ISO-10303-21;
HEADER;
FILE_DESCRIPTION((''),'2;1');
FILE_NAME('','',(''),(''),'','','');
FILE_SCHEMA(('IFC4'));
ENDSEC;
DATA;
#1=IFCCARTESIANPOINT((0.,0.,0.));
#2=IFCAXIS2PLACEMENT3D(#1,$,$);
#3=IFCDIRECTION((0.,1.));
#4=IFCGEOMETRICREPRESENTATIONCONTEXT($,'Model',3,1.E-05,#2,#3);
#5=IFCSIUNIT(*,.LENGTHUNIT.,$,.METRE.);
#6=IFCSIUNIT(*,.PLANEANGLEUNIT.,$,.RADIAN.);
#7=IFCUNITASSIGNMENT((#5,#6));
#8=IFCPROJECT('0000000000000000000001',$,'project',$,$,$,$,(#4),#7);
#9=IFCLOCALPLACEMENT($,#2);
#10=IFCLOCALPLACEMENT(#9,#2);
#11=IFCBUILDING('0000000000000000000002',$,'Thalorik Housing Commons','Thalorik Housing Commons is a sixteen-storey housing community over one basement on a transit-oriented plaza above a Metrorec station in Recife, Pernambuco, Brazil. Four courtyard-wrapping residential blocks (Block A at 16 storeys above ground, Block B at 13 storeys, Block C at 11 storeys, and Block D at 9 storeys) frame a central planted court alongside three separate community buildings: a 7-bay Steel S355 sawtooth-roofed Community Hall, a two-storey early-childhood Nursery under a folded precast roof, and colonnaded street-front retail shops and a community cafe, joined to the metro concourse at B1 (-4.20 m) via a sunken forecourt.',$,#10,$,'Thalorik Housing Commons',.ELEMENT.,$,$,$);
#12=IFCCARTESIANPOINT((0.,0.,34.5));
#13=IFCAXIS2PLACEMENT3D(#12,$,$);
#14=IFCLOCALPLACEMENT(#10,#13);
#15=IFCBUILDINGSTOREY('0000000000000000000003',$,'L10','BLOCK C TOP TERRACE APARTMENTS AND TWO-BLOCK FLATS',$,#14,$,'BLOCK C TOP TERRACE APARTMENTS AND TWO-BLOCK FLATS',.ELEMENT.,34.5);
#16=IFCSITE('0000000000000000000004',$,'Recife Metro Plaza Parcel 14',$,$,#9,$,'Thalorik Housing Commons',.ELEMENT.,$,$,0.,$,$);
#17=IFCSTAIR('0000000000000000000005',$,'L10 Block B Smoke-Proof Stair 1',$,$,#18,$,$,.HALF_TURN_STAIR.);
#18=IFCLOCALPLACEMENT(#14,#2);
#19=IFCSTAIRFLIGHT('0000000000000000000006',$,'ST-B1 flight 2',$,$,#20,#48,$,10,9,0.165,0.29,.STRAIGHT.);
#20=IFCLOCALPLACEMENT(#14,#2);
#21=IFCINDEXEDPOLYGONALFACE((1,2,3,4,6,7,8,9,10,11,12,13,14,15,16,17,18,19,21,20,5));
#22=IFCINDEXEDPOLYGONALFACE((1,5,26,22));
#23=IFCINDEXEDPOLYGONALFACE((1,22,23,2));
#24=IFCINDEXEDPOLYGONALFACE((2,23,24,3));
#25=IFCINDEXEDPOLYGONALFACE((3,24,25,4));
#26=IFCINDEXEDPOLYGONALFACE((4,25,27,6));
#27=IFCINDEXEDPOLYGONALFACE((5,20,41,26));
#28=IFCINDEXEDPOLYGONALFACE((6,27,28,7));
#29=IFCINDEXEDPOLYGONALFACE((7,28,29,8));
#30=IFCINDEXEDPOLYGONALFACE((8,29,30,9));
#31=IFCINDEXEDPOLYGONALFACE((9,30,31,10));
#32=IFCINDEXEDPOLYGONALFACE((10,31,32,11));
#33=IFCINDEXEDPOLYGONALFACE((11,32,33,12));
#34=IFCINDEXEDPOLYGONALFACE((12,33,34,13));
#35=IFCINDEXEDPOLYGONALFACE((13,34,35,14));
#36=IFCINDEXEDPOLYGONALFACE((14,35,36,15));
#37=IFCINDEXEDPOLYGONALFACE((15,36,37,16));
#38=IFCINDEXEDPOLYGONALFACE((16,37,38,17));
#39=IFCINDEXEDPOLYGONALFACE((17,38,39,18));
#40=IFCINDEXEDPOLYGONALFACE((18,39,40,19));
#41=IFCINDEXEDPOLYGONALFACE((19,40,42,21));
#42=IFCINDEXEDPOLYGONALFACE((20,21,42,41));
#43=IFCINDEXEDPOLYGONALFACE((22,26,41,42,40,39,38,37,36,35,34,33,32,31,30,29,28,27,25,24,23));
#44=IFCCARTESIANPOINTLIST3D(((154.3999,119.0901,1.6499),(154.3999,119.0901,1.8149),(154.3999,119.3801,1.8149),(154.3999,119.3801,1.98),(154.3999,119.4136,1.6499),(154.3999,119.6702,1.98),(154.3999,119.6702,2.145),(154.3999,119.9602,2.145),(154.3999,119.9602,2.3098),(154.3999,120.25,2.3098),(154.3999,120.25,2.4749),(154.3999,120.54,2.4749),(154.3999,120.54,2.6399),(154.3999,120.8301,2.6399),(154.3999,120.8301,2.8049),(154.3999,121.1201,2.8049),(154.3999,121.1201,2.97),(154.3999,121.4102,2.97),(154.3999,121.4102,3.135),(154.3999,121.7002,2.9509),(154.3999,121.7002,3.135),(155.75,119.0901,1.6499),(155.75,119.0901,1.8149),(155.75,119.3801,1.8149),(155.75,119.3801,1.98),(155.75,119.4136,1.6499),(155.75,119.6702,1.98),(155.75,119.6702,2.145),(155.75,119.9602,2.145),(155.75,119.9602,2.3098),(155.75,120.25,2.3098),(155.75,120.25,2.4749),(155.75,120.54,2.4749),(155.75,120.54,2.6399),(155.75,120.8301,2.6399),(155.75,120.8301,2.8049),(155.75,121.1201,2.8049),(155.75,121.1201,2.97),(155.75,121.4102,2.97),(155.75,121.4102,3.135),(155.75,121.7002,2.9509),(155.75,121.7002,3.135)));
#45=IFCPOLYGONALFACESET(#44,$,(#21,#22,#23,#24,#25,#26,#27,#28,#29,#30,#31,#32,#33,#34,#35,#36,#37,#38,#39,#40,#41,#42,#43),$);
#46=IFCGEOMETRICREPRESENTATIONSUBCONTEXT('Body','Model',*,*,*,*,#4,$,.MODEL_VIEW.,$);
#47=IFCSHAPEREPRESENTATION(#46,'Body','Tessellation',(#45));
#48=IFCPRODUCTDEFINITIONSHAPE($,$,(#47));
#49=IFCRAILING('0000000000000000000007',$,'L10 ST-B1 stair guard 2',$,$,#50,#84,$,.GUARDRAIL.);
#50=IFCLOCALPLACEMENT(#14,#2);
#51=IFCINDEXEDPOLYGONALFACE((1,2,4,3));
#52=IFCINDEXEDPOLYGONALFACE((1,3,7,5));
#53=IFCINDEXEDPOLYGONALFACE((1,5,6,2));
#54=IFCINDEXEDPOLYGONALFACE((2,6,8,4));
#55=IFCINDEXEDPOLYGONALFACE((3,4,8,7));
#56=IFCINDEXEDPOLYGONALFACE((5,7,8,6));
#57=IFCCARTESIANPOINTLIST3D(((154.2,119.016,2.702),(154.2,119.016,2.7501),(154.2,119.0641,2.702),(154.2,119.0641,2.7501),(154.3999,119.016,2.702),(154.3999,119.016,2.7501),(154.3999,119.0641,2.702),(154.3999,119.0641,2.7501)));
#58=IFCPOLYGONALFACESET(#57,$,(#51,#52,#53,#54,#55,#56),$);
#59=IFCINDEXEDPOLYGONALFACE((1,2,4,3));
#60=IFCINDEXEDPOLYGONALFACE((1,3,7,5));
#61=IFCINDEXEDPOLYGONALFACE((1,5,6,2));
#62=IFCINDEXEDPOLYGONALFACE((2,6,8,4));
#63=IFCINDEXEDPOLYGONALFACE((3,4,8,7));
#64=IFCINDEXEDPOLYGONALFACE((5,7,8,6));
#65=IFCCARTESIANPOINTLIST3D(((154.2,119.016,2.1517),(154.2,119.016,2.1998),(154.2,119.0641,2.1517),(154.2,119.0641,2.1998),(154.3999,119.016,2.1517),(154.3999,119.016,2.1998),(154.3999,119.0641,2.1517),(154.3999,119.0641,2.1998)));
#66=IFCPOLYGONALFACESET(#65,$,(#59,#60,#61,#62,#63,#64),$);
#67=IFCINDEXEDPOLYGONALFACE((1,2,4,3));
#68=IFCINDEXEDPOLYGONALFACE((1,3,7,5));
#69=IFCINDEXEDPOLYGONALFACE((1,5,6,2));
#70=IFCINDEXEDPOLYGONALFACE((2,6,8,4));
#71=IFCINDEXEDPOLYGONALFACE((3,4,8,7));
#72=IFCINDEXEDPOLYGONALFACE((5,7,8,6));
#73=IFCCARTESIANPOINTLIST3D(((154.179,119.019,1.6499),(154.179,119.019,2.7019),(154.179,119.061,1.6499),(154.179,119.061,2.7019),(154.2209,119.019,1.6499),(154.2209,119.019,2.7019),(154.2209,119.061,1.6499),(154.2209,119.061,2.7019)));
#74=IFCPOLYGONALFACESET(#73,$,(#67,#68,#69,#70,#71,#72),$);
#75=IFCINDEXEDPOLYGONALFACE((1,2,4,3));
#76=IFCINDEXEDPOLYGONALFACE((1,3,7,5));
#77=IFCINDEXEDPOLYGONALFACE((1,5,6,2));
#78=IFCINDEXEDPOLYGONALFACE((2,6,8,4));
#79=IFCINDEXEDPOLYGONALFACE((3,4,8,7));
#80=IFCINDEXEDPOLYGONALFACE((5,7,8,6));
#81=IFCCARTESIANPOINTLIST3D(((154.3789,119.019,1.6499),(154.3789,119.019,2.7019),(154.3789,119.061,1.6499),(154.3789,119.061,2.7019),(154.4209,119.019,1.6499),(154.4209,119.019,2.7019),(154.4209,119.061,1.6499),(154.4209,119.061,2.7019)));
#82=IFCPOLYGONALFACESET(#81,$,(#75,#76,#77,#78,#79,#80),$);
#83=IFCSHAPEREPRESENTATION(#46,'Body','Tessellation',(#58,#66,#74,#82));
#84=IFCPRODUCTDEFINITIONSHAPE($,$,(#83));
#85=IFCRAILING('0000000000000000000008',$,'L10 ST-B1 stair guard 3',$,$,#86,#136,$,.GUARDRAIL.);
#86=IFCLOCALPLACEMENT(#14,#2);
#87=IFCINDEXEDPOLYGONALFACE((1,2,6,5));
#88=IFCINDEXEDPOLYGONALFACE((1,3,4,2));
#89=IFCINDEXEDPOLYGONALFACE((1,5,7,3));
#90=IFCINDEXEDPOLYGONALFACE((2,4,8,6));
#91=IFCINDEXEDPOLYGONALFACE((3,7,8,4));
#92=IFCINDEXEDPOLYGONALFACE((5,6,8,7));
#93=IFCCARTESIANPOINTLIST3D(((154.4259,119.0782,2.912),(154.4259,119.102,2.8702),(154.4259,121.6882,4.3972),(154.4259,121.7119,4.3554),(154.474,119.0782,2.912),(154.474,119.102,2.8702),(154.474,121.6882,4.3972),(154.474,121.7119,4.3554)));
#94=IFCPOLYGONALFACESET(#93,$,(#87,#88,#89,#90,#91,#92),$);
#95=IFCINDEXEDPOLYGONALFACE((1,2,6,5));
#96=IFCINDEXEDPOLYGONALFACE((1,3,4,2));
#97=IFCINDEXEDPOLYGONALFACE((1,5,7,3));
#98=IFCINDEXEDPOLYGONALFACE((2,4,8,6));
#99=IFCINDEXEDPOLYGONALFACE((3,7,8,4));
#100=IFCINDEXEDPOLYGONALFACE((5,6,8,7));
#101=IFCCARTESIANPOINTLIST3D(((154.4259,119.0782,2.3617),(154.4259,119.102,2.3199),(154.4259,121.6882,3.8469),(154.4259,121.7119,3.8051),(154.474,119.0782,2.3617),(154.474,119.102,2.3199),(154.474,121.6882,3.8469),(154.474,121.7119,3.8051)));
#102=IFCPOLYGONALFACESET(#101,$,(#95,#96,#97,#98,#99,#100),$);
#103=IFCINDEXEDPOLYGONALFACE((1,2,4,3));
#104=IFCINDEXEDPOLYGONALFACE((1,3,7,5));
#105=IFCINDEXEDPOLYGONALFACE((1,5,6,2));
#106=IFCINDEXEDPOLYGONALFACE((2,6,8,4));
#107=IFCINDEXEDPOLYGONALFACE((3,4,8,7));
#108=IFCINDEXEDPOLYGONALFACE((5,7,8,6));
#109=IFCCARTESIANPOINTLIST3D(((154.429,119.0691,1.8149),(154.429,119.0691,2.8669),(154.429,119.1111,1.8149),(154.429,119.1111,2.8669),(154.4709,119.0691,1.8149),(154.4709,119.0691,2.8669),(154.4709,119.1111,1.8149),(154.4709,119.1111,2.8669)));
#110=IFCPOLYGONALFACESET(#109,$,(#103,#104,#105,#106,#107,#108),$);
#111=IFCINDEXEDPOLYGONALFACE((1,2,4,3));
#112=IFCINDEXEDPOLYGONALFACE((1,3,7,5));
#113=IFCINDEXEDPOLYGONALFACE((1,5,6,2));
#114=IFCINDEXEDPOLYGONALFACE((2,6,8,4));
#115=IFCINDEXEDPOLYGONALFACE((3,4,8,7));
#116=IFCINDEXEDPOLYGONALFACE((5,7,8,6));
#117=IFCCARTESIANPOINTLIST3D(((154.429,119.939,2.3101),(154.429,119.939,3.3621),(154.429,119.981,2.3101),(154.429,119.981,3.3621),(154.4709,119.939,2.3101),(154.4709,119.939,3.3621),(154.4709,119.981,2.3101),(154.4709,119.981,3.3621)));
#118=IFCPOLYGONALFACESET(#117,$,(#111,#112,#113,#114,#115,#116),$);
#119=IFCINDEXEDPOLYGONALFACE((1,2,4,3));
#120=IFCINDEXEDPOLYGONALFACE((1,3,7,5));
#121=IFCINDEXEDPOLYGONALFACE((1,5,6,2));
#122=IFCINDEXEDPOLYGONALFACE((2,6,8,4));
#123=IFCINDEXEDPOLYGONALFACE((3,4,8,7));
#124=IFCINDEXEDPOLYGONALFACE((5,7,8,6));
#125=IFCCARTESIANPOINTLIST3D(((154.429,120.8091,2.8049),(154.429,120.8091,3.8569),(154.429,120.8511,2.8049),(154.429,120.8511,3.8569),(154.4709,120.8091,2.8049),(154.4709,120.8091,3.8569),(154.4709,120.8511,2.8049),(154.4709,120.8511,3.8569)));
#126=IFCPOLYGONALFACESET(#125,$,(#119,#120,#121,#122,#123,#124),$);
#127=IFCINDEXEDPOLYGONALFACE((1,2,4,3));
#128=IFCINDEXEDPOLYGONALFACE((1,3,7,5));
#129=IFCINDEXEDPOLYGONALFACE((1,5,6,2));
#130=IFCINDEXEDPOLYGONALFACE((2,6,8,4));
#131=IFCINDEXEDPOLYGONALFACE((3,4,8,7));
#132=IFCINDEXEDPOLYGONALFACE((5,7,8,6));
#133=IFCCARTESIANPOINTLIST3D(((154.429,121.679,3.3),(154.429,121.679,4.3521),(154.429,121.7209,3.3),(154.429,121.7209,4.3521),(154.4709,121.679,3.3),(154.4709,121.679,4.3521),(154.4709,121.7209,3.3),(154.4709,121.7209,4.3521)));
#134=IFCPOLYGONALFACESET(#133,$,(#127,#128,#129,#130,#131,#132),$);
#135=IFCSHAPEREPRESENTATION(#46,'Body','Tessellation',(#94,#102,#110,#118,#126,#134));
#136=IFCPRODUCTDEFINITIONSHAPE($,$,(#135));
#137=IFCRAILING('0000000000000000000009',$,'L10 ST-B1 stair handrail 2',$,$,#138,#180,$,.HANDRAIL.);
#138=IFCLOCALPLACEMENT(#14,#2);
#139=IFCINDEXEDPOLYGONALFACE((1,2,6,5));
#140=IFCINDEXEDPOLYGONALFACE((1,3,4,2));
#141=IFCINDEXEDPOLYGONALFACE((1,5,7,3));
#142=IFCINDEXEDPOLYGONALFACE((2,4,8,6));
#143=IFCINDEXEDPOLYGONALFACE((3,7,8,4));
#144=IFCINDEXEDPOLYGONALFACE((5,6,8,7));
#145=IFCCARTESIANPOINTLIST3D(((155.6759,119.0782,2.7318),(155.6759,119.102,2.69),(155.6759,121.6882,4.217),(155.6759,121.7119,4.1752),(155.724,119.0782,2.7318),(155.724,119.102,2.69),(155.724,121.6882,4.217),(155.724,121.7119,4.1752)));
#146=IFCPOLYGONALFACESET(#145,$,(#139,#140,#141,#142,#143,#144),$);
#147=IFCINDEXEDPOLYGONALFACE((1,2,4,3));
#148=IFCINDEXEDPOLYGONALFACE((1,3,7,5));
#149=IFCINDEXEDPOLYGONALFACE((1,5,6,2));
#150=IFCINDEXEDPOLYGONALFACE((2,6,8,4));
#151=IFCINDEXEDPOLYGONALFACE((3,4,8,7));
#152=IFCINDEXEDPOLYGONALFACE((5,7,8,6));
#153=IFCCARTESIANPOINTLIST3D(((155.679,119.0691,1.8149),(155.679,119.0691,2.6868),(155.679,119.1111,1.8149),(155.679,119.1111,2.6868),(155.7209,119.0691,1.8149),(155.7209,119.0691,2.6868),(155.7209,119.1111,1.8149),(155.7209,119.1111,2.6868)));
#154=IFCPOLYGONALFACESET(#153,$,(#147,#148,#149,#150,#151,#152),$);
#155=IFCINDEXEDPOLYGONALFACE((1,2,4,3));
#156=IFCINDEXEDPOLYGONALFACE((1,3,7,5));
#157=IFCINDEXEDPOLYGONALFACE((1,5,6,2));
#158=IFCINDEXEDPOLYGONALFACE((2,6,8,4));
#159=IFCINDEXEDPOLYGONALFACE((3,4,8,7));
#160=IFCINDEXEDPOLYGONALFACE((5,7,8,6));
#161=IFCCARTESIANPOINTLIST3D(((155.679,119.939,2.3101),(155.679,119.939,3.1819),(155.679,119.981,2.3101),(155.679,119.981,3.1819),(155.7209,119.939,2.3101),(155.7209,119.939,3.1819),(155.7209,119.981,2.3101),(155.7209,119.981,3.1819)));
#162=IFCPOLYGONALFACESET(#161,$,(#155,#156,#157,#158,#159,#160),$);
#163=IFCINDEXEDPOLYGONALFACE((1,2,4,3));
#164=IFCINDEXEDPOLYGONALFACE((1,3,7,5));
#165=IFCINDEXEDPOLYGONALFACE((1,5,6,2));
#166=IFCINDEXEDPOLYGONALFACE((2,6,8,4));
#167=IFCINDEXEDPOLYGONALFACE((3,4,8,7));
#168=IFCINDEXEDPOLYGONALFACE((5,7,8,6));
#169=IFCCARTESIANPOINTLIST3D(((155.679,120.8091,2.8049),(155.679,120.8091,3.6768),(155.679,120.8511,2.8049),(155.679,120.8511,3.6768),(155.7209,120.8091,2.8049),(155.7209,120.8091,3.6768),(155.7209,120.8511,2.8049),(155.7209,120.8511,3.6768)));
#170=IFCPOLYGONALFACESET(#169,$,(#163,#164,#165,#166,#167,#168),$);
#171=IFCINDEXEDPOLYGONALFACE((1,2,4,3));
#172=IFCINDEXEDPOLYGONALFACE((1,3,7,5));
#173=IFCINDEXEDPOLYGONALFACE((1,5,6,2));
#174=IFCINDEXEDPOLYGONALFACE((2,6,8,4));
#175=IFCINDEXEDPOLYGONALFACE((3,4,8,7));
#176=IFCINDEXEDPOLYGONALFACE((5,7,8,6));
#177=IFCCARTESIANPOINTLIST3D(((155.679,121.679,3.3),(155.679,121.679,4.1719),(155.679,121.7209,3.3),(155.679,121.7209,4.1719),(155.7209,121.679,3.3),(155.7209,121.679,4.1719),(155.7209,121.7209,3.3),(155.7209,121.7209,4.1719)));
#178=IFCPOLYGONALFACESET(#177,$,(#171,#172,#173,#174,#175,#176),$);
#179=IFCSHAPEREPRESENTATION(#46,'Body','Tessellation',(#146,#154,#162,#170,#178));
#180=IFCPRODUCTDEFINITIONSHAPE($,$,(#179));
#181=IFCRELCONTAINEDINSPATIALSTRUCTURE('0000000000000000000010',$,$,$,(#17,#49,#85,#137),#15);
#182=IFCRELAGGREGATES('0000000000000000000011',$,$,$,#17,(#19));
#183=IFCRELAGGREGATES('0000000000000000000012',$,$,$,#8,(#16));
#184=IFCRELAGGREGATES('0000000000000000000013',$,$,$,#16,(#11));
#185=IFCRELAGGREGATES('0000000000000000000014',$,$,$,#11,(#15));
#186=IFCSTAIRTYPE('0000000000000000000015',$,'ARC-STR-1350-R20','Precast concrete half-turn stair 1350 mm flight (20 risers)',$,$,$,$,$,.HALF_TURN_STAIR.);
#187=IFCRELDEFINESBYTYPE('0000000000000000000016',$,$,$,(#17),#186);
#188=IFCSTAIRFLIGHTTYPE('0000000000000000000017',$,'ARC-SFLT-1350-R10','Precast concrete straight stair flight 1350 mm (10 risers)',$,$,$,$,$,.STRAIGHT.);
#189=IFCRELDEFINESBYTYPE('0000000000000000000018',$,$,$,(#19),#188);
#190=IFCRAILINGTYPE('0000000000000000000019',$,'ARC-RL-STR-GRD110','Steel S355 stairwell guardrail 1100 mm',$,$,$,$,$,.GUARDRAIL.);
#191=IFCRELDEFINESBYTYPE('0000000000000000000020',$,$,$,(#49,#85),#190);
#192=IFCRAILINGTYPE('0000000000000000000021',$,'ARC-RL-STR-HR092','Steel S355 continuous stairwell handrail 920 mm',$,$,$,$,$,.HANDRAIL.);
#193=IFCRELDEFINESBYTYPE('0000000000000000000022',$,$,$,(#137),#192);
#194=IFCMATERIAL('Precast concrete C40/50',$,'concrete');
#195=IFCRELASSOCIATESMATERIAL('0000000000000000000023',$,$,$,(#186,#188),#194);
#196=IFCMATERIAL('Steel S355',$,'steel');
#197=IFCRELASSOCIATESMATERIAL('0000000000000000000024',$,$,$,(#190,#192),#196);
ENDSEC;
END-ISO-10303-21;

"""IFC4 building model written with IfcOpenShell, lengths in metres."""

from ifc_helpers import new_model, si_unit, direction, frame, origin, origin_2d, place, context, subcontext, project, spatial, polyline, rectangle, outline, extrude, material, type_object, element, aggregate, save


model = new_model("IFC4")

# Units and contexts
model_context = context("Model", 3, precision=1e-05, world=origin(), true_north=direction((0.0, 1.0)))
body_context = subcontext(model_context, "Body", "Model", "MODEL_VIEW")
ifc_project = project(units=[si_unit("LENGTHUNIT", "METRE"), si_unit("PLANEANGLEUNIT", "RADIAN")], contexts=[model_context])

# Site, building, storey
site_placement = place(None, origin())
site = spatial("IfcSite", under=ifc_project, at=site_placement, Name="Recife Metro Plaza Parcel 14", LongName="Thalorik Housing Commons", CompositionType="ELEMENT", RefElevation=0.0)
building_placement = place(site_placement, origin())
building = spatial("IfcBuilding", under=site, at=building_placement, Name="Thalorik Housing Commons", Description="Thalorik Housing Commons is a sixteen-storey housing community over one basement on a transit-oriented plaza above a Metrorec station in Recife, Pernambuco, Brazil. Four courtyard-wrapping residential blocks (Block A at 16 storeys above ground, Block B at 13 storeys, Block C at 11 storeys, and Block D at 9 storeys) frame a central planted court alongside three separate community buildings: a 7-bay Steel S355 sawtooth-roofed Community Hall, a two-storey early-childhood Nursery under a folded precast roof, and colonnaded street-front retail shops and a community cafe, joined to the metro concourse at B1 (-4.20 m) via a sunken forecourt.", LongName="Thalorik Housing Commons", CompositionType="ELEMENT")
storey_placement = place(building_placement, frame((0.0, 0.0, 34.5)))
storey = spatial("IfcBuildingStorey", under=building, at=storey_placement, Name="L10", Description="BLOCK C TOP TERRACE APARTMENTS AND TWO-BLOCK FLATS", LongName="BLOCK C TOP TERRACE APARTMENTS AND TWO-BLOCK FLATS", CompositionType="ELEMENT", Elevation=34.5)

# Shared definitions
ifc_material_1 = material(Name="Precast concrete C40/50", Category="concrete")

# Shared definitions
ifc_material_2 = material(Name="Steel S355", Category="steel")

# Stair, stair flight
stair_type = type_object("IfcStairType", Name="ARC-STR-1350-R20", Description="Precast concrete half-turn stair 1350 mm flight (20 risers)", PredefinedType="HALF_TURN_STAIR", material=ifc_material_1)
stair_placement = place(storey_placement, origin())
stair = element("IfcStair", 1, at=stair_placement, inside=storey, type_object=stair_type, Name="L10 Block B Smoke-Proof Stair 1", PredefinedType="HALF_TURN_STAIR")
stair_flight_type = type_object("IfcStairFlightType", Name="ARC-SFLT-1350-R10", Description="Precast concrete straight stair flight 1350 mm (10 risers)", PredefinedType="STRAIGHT", material=ifc_material_1)
stair_flight_placement = place(storey_placement, frame((155.075, 119.0901, 1.6499), z_axis=(0.0, 0.0, 1.0), x_axis=(0.0, 1.0, 0.0)))
stair_flight = element("IfcStairFlight", 2, at=stair_flight_placement, type_object=stair_flight_type, Name="ST-B1 flight 2", NumberOfRisers=10, NumberOfTreads=9, PredefinedType="STRAIGHT", RiserHeight=0.165, TreadLength=0.29, context=body_context, shape_type="SweptSolid", body=[
    extrude(outline(polyline([(0.0, 0.0), (0.0, 0.165), (0.29, 0.165), (0.29, 0.3301), (0.5801, 0.3301), (0.5801, 0.4951), (0.8701, 0.4951), (0.8701, 0.6599), (1.1599, 0.6599), (1.1599, 0.825), (1.45, 0.825), (1.45, 0.99), (1.74, 0.99), (1.74, 1.155), (2.03, 1.155), (2.03, 1.3201), (2.3201, 1.3201), (2.3201, 1.4851), (2.6101, 1.4851), (2.6101, 1.6499), (2.6101, 1.301), (0.3235, 0.0), (0.0, 0.0)])), frame((0.0, 0.675, 0.0), z_axis=(0.0, -1.0, 0.0), x_axis=(1.0, 0.0, 0.0)), (0.0, 0.0, 1.0), 1.3501),
])
aggregate(stair, [stair_flight])

# Railings
railing_type_1 = type_object("IfcRailingType", Name="ARC-RL-STR-GRD110", Description="Steel S355 stairwell guardrail 1100 mm", PredefinedType="GUARDRAIL", material=ifc_material_2)
railing_1_placement = place(storey_placement, frame((154.2, 119.04, 1.6499)))
element("IfcRailing", 3, at=railing_1_placement, inside=storey, type_object=railing_type_1, Name="L10 ST-B1 stair guard 2", PredefinedType="GUARDRAIL", context=body_context, shape_type="SweptSolid", body=[
    extrude(rectangle(XDim=0.0481, YDim=0.0481, at=origin_2d()), frame((0.0, 0.0, 1.0762), z_axis=(1.0, 0.0, 0.0), x_axis=(0.0, 1.0, 0.0)), (0.0, 0.0, 1.0), 0.2),
    extrude(rectangle(XDim=0.0481, YDim=0.0481, at=origin_2d()), frame((0.0, 0.0, 0.5259), z_axis=(1.0, 0.0, 0.0), x_axis=(0.0, 1.0, 0.0)), (0.0, 0.0, 1.0), 0.2),
    extrude(rectangle(XDim=0.042, YDim=0.042, at=origin_2d()), origin(), (0.0, 0.0, 1.0), 1.052),
    extrude(rectangle(XDim=0.042, YDim=0.042, at=origin_2d()), frame((0.2, 0.0, 0.0)), (0.0, 0.0, 1.0), 1.052),
])
railing_2_placement = place(storey_placement, frame((154.45, 119.0901, 1.8149)))
element("IfcRailing", 4, at=railing_2_placement, inside=storey, type_object=railing_type_1, Name="L10 ST-B1 stair guard 3", PredefinedType="GUARDRAIL", context=body_context, shape_type="SweptSolid", body=[
    extrude(rectangle(XDim=0.0481, YDim=0.0481, at=origin_2d()), frame((0.0, 0.0, 1.0762), z_axis=(0.0, 0.869137, 0.494571), x_axis=(-1.0, 0.0, 0.0)), (0.0, 0.0, 1.0), 3.0029),
    extrude(rectangle(XDim=0.0481, YDim=0.0481, at=origin_2d()), frame((0.0, 0.0, 0.5259), z_axis=(0.0, 0.869137, 0.494571), x_axis=(-1.0, 0.0, 0.0)), (0.0, 0.0, 1.0), 3.0029),
    extrude(rectangle(XDim=0.042, YDim=0.042, at=origin_2d()), origin(), (0.0, 0.0, 1.0), 1.052),
    extrude(rectangle(XDim=0.042, YDim=0.042, at=origin_2d()), frame((0.0, 0.8699, 0.4951)), (0.0, 0.0, 1.0), 1.052),
    extrude(rectangle(XDim=0.042, YDim=0.042, at=origin_2d()), frame((0.0, 1.74, 0.99)), (0.0, 0.0, 1.0), 1.052),
    extrude(rectangle(XDim=0.042, YDim=0.042, at=origin_2d()), frame((0.0, 2.6099, 1.4851)), (0.0, 0.0, 1.0), 1.052),
])
railing_type_2 = type_object("IfcRailingType", Name="ARC-RL-STR-HR092", Description="Steel S355 continuous stairwell handrail 920 mm", PredefinedType="HANDRAIL", material=ifc_material_2)
railing_3_placement = place(storey_placement, frame((155.7, 119.0901, 1.8149)))
element("IfcRailing", 5, at=railing_3_placement, inside=storey, type_object=railing_type_2, Name="L10 ST-B1 stair handrail 2", PredefinedType="HANDRAIL", context=body_context, shape_type="SweptSolid", body=[
    extrude(rectangle(XDim=0.0481, YDim=0.0481, at=origin_2d()), frame((0.0, 0.0, 0.896), z_axis=(0.0, 0.869137, 0.494571), x_axis=(-1.0, 0.0, 0.0)), (0.0, 0.0, 1.0), 3.0029),
    extrude(rectangle(XDim=0.042, YDim=0.042, at=origin_2d()), origin(), (0.0, 0.0, 1.0), 0.8718),
    extrude(rectangle(XDim=0.042, YDim=0.042, at=origin_2d()), frame((0.0, 0.8699, 0.4951)), (0.0, 0.0, 1.0), 0.8718),
    extrude(rectangle(XDim=0.042, YDim=0.042, at=origin_2d()), frame((0.0, 1.74, 0.99)), (0.0, 0.0, 1.0), 0.8718),
    extrude(rectangle(XDim=0.042, YDim=0.042, at=origin_2d()), frame((0.0, 2.6099, 1.4851)), (0.0, 0.0, 1.0), 0.8718),
])

save(model, "model.ifc")
